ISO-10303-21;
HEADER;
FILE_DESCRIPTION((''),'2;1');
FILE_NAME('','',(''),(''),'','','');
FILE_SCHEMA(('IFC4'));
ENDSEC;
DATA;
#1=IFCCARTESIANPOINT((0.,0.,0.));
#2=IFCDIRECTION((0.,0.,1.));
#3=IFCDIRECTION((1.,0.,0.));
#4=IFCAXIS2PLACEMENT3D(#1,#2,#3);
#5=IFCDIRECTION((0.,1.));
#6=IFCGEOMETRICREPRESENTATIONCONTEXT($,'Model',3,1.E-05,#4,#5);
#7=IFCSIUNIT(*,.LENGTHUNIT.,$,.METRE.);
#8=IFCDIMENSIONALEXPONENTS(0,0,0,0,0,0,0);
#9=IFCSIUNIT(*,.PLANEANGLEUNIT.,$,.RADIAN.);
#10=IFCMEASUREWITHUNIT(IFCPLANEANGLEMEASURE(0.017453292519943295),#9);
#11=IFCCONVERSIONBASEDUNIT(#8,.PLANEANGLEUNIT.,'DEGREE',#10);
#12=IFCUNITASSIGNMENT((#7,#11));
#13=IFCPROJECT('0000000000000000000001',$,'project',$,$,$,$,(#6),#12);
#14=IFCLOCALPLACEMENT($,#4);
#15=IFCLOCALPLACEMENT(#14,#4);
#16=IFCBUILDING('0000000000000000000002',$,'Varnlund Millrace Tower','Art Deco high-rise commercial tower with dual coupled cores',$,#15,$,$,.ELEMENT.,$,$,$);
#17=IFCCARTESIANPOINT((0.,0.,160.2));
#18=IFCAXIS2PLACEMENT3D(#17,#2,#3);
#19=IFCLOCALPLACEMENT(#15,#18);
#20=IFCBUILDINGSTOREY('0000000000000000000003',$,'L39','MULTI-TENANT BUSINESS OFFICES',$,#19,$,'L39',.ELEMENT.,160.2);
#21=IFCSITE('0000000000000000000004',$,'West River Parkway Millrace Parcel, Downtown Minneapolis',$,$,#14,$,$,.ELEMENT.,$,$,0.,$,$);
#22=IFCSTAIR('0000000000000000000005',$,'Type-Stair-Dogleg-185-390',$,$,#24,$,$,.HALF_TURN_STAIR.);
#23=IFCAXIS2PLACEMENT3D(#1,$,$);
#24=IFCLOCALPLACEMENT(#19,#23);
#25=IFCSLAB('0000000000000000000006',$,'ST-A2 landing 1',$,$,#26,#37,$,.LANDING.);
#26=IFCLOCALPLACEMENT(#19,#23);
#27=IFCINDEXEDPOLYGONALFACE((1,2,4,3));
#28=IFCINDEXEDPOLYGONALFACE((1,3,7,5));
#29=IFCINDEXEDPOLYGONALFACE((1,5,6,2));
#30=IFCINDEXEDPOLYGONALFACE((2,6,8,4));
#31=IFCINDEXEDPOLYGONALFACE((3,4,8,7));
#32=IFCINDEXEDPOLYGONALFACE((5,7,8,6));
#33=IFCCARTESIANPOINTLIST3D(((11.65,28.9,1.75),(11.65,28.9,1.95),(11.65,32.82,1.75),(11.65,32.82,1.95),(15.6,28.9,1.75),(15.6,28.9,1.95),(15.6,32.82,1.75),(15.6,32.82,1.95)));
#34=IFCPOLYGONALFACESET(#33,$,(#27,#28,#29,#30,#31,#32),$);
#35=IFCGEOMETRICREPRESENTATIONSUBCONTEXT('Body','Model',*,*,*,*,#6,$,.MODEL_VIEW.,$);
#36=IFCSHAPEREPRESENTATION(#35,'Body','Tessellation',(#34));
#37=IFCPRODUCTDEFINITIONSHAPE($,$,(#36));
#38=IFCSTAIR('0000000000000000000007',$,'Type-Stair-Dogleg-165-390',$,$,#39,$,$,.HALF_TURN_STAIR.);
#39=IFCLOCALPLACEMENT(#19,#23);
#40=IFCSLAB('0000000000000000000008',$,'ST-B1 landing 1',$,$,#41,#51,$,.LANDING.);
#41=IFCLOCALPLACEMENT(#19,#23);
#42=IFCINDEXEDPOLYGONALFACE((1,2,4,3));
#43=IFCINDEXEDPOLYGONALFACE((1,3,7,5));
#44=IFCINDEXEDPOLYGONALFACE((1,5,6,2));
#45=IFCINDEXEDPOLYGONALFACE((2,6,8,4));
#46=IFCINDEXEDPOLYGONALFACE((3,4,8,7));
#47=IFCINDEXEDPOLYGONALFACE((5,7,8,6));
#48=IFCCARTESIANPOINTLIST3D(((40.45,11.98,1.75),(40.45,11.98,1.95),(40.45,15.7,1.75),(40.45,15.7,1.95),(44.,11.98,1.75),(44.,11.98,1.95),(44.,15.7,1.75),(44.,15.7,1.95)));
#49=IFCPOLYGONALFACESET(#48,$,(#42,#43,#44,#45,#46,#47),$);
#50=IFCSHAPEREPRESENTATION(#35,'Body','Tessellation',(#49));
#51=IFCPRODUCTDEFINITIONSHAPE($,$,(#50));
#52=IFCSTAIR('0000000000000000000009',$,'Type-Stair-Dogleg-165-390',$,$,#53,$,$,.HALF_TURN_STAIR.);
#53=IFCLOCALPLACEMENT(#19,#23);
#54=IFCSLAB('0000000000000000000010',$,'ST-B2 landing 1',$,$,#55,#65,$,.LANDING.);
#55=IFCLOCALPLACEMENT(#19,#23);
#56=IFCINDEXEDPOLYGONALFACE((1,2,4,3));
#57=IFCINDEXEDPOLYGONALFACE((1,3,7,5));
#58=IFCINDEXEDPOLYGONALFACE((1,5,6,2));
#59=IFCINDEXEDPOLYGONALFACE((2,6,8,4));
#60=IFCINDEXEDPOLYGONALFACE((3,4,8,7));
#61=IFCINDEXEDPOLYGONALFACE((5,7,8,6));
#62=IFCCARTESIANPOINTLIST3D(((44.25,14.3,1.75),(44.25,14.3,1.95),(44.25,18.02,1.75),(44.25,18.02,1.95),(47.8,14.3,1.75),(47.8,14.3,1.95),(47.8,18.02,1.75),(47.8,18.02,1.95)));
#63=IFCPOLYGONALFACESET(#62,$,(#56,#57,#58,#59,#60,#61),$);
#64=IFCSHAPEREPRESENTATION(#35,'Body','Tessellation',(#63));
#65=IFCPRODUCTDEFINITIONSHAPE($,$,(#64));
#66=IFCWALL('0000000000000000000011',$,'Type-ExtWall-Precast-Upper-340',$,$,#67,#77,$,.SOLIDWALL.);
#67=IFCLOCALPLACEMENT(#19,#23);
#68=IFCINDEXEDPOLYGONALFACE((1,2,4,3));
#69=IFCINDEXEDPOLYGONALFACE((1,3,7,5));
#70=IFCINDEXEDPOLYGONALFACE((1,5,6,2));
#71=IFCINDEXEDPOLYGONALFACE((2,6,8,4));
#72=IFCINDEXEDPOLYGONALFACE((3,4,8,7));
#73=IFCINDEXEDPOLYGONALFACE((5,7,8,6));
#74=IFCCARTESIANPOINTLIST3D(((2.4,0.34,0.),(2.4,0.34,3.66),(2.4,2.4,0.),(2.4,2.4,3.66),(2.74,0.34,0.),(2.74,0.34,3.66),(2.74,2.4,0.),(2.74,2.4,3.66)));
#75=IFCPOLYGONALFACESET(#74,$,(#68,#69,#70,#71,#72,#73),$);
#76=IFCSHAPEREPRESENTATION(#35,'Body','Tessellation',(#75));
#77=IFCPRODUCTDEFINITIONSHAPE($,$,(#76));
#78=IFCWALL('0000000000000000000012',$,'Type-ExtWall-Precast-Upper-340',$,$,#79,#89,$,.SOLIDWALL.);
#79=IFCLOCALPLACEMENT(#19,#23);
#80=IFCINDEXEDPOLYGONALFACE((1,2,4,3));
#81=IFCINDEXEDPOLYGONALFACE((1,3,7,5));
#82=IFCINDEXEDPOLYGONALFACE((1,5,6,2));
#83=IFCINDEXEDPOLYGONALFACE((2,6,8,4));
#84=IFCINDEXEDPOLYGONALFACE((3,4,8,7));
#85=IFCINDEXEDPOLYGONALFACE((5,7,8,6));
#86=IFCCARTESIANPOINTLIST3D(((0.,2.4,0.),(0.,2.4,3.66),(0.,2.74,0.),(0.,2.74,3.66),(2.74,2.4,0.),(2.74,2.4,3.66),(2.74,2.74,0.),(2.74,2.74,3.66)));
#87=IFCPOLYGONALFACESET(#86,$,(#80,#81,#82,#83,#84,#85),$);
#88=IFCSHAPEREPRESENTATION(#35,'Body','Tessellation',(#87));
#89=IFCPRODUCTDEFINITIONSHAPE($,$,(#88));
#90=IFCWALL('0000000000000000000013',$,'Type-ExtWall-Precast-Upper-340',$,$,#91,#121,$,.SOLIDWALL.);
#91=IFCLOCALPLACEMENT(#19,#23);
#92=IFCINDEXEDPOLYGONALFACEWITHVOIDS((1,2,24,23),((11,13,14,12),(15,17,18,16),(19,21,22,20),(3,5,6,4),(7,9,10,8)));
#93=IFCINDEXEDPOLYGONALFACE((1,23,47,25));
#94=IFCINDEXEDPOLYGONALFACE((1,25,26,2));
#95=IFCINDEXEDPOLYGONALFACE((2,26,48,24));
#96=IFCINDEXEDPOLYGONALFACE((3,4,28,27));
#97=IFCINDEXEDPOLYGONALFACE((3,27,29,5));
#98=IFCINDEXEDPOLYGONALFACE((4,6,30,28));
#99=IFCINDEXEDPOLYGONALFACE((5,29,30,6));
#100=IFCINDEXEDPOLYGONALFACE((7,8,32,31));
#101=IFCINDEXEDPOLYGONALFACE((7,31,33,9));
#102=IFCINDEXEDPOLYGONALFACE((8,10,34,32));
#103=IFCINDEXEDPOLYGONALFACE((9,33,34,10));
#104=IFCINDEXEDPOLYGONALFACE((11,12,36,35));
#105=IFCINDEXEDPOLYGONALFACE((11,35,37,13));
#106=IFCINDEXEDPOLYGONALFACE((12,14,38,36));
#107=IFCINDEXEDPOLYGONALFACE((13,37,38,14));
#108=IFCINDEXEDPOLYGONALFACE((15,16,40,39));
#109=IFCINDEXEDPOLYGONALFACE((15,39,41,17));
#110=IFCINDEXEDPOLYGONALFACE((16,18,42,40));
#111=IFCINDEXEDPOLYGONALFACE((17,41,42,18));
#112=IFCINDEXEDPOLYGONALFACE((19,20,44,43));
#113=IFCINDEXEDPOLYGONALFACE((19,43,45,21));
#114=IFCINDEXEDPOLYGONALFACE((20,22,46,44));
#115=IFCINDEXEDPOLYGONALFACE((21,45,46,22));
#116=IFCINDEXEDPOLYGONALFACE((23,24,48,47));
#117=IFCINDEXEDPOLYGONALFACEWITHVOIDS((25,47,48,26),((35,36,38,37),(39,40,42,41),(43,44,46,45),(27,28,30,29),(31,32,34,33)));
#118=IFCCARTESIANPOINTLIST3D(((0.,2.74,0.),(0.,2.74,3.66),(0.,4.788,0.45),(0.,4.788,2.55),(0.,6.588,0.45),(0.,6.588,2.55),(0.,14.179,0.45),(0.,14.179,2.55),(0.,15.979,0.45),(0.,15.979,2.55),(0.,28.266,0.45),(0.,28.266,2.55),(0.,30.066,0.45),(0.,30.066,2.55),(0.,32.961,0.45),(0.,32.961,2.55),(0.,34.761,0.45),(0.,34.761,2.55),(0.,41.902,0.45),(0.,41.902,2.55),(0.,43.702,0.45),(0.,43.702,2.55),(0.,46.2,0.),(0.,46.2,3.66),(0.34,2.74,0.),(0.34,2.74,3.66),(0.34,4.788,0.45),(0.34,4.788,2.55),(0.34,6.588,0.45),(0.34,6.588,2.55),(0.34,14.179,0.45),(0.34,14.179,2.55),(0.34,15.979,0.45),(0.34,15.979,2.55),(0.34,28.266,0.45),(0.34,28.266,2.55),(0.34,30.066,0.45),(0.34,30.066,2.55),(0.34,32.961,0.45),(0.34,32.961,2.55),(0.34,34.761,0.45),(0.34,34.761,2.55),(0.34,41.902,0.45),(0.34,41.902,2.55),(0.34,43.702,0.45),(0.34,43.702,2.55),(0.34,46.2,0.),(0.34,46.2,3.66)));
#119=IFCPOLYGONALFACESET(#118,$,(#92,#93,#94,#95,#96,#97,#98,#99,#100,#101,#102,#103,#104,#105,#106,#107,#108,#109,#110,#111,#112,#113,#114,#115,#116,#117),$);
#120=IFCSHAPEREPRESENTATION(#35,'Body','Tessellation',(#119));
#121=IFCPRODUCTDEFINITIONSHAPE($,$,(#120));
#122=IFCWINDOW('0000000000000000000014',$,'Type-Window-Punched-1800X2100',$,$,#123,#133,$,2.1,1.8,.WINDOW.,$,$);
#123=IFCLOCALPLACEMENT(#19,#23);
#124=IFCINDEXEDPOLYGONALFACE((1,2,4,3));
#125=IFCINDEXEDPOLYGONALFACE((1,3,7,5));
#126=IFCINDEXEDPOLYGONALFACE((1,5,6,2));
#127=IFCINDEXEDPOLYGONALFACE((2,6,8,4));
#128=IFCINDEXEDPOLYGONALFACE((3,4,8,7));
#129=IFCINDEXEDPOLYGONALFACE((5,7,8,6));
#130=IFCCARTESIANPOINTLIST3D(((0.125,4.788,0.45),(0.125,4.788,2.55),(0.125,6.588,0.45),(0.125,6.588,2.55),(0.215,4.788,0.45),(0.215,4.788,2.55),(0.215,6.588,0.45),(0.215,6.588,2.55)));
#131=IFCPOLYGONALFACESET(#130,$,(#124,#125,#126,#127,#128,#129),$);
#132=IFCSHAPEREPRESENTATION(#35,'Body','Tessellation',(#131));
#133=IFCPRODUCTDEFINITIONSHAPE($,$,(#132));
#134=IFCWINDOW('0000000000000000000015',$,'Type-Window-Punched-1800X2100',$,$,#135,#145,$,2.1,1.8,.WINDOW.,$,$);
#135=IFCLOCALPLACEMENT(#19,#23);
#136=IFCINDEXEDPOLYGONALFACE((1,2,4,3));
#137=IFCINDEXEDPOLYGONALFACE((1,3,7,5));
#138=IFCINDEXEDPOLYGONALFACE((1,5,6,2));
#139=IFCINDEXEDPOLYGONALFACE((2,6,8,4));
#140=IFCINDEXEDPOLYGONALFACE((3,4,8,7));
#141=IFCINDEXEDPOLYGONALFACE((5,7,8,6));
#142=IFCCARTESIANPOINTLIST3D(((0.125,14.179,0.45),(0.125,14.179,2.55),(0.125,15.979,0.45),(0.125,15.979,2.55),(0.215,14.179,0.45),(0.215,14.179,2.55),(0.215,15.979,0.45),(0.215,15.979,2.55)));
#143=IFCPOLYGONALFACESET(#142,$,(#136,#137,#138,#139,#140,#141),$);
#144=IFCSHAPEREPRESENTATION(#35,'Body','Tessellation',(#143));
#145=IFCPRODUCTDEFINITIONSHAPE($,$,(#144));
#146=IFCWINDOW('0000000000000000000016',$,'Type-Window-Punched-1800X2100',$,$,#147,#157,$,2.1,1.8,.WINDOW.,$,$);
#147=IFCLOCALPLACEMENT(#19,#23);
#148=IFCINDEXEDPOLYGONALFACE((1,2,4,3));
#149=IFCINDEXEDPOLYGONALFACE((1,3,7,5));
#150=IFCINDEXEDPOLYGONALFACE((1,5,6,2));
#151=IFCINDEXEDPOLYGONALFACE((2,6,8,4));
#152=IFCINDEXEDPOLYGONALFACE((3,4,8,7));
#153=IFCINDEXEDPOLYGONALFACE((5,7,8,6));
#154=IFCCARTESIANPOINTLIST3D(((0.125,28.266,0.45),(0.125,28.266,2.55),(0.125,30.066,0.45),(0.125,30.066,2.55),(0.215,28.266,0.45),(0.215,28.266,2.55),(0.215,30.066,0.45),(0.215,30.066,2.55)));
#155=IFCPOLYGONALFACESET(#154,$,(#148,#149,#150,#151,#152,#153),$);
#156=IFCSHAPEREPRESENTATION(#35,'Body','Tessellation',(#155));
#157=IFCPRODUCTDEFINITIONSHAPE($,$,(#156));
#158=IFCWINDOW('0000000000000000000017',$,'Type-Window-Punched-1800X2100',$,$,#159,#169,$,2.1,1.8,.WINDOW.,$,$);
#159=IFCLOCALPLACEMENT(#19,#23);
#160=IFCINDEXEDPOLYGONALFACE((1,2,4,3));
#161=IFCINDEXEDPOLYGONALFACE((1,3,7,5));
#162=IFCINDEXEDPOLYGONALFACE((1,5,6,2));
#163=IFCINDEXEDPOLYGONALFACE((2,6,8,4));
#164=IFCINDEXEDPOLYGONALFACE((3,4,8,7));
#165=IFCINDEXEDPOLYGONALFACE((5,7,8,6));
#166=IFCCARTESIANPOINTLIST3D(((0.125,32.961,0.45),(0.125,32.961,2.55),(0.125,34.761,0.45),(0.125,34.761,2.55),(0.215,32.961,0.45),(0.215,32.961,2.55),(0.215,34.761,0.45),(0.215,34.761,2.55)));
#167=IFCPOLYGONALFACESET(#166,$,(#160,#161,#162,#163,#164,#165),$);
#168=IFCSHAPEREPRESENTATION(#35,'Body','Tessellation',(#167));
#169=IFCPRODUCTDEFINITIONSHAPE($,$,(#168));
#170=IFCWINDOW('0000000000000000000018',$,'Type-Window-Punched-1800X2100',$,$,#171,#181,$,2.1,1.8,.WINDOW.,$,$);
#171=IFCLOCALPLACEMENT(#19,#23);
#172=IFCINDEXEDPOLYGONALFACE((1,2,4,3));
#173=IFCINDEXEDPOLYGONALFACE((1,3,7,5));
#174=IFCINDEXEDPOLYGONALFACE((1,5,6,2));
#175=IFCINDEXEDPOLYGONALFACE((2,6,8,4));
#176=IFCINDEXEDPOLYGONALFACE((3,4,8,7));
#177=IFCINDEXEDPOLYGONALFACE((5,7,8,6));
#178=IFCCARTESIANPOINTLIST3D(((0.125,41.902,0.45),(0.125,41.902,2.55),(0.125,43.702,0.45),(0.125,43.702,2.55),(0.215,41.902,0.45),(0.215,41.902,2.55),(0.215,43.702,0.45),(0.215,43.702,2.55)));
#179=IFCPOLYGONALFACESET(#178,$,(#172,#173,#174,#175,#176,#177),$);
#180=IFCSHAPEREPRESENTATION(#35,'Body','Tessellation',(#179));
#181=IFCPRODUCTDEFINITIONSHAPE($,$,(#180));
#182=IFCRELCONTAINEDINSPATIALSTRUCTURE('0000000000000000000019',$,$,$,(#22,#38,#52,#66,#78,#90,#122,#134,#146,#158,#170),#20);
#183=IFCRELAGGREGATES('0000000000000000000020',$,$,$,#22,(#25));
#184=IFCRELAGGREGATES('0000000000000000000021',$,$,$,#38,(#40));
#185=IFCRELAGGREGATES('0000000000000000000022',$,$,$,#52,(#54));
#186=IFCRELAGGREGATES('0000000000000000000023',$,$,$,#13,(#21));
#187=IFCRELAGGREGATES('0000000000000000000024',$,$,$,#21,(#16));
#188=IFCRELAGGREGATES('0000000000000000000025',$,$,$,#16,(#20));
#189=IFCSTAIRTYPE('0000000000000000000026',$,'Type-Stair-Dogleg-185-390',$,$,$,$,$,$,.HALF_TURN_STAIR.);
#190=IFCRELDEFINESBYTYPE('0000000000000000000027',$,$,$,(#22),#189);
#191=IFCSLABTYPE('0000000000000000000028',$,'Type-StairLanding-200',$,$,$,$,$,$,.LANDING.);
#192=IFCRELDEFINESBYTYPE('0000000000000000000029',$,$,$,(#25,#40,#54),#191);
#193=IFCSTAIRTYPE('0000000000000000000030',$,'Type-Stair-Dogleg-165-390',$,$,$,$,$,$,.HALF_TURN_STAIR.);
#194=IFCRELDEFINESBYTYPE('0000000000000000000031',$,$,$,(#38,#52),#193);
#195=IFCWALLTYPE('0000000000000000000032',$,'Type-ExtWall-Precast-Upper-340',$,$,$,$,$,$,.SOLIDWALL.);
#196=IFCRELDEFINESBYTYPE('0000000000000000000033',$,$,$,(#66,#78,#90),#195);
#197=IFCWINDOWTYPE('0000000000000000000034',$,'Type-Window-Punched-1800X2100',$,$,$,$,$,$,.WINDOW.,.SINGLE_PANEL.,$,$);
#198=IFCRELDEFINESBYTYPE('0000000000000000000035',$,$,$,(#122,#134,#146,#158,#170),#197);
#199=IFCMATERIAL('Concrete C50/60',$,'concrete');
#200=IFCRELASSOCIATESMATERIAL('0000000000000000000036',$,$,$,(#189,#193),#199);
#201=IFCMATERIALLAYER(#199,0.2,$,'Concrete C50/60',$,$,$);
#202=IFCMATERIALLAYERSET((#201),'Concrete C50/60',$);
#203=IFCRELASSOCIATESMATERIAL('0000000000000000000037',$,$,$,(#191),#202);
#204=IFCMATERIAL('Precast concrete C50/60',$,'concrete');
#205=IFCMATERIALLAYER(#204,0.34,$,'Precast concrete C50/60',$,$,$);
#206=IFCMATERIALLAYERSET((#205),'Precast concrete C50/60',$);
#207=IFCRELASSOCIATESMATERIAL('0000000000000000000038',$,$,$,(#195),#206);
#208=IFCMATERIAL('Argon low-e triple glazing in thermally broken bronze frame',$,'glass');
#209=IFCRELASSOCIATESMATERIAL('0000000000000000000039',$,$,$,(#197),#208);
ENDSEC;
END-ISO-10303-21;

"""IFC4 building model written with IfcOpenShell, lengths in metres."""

from ifc_helpers import new_model, entity, si_unit, converted_unit, direction, frame, origin_with_axes, origin_2d_with_axis, place, context, subcontext, project, spatial, polyline, rectangle, outline, extrude, material, layer, layer_set, type_object, element, fill, aggregate, save


model = new_model("IFC4")

# Units and contexts
model_context = context("Model", 3, precision=1e-05, world=origin_with_axes(), true_north=direction((0.0, 1.0)))
body_context = subcontext(model_context, "Body", "Model", "MODEL_VIEW")
ifc_project = project(units=[si_unit("LENGTHUNIT", "METRE"), converted_unit("PLANEANGLEUNIT", "DEGREE", entity("IfcPlaneAngleMeasure", 0.017453292519943295), si_unit("PLANEANGLEUNIT", "RADIAN"), dimensions=[0, 0, 0, 0, 0, 0, 0])], contexts=[model_context])

# Site, building, storey
site_placement = place(None, origin_with_axes())
site = spatial("IfcSite", under=ifc_project, at=site_placement, Name="West River Parkway Millrace Parcel, Downtown Minneapolis", CompositionType="ELEMENT", RefElevation=0.0)
building_placement = place(site_placement, origin_with_axes())
building = spatial("IfcBuilding", under=site, at=building_placement, Name="Varnlund Millrace Tower", Description="Art Deco high-rise commercial tower with dual coupled cores", CompositionType="ELEMENT")
storey_placement = place(building_placement, frame((0.0, 0.0, 160.2), z_axis=(0.0, 0.0, 1.0), x_axis=(1.0, 0.0, 0.0)))
storey = spatial("IfcBuildingStorey", under=building, at=storey_placement, Name="L39", Description="MULTI-TENANT BUSINESS OFFICES", LongName="L39", CompositionType="ELEMENT", Elevation=160.2)

# Stairs, slabs
ifc_material_1 = material(Name="Concrete C50/60", Category="concrete")
stair_type_1 = type_object("IfcStairType", Name="Type-Stair-Dogleg-185-390", PredefinedType="HALF_TURN_STAIR", material=ifc_material_1)
ifc_layer_1 = layer(ifc_material_1, 0.2, Name="Concrete C50/60")
ifc_layer_set_1 = layer_set([ifc_layer_1], Name="Concrete C50/60")
slab_type = type_object("IfcSlabType", Name="Type-StairLanding-200", PredefinedType="LANDING", material=ifc_layer_set_1)
stair_1_placement = place(storey_placement, origin_with_axes())
stair_1 = element("IfcStair", 1, at=stair_1_placement, inside=storey, type_object=stair_type_1, Name="Type-Stair-Dogleg-185-390", PredefinedType="HALF_TURN_STAIR")
slab_1_placement = place(storey_placement, frame((0.0, 0.0, 1.75), z_axis=(0.0, 0.0, 1.0), x_axis=(1.0, 0.0, 0.0)))
slab_1 = element("IfcSlab", 2, at=slab_1_placement, type_object=slab_type, Name="ST-A2 landing 1", PredefinedType="LANDING", context=body_context, shape_type="SweptSolid", body=[
    extrude(outline(polyline([(11.65, 32.82), (11.65, 28.9), (15.6, 28.9), (15.6, 32.82), (11.65, 32.82)])), origin_with_axes(), (0.0, 0.0, 1.0), 0.2),
])
aggregate(stair_1, [slab_1])
stair_type_2 = type_object("IfcStairType", Name="Type-Stair-Dogleg-165-390", PredefinedType="HALF_TURN_STAIR", material=ifc_material_1)
stair_2_placement = place(storey_placement, origin_with_axes())
stair_2 = element("IfcStair", 3, at=stair_2_placement, inside=storey, type_object=stair_type_2, Name="Type-Stair-Dogleg-165-390", PredefinedType="HALF_TURN_STAIR")
slab_2_placement = place(storey_placement, frame((0.0, 0.0, 1.75), z_axis=(0.0, 0.0, 1.0), x_axis=(1.0, 0.0, 0.0)))
slab_2 = element("IfcSlab", 4, at=slab_2_placement, type_object=slab_type, Name="ST-B1 landing 1", PredefinedType="LANDING", context=body_context, shape_type="SweptSolid", body=[
    extrude(outline(polyline([(44.0, 11.98), (44.0, 15.7), (40.45, 15.7), (40.45, 11.98), (44.0, 11.98)])), origin_with_axes(), (0.0, 0.0, 1.0), 0.2),
])
aggregate(stair_2, [slab_2])
stair_3_placement = place(storey_placement, origin_with_axes())
stair_3 = element("IfcStair", 5, at=stair_3_placement, inside=storey, type_object=stair_type_2, Name="Type-Stair-Dogleg-165-390", PredefinedType="HALF_TURN_STAIR")
slab_3_placement = place(storey_placement, frame((0.0, 0.0, 1.75), z_axis=(0.0, 0.0, 1.0), x_axis=(1.0, 0.0, 0.0)))
slab_3 = element("IfcSlab", 6, at=slab_3_placement, type_object=slab_type, Name="ST-B2 landing 1", PredefinedType="LANDING", context=body_context, shape_type="SweptSolid", body=[
    extrude(outline(polyline([(44.25, 18.02), (44.25, 14.3), (47.8, 14.3), (47.8, 18.02), (44.25, 18.02)])), origin_with_axes(), (0.0, 0.0, 1.0), 0.2),
])
aggregate(stair_3, [slab_3])

# Walls
ifc_material_2 = material(Name="Precast concrete C50/60", Category="concrete")
ifc_layer_2 = layer(ifc_material_2, 0.34, Name="Precast concrete C50/60")
ifc_layer_set_2 = layer_set([ifc_layer_2], Name="Precast concrete C50/60")
wall_type = type_object("IfcWallType", Name="Type-ExtWall-Precast-Upper-340", PredefinedType="SOLIDWALL", material=ifc_layer_set_2)
wall_1_placement = place(storey_placement, frame((2.57, 0.34, 0.0), z_axis=(0.0, 0.0, 1.0), x_axis=(0.0, 1.0, 0.0)))
element("IfcWall", 7, at=wall_1_placement, inside=storey, type_object=wall_type, Name="Type-ExtWall-Precast-Upper-340", PredefinedType="SOLIDWALL", context=body_context, shape_type="SweptSolid", body=[
    extrude(outline(polyline([(0.0, -0.17), (2.06, -0.17), (2.06, 0.17), (0.0, 0.17), (0.0, -0.17)])), origin_with_axes(), (0.0, 0.0, 1.0), 3.66),
])
wall_2_placement = place(storey_placement, frame((2.74, 2.57, 0.0), z_axis=(0.0, 0.0, 1.0), x_axis=(-1.0, 0.0, 0.0)))
element("IfcWall", 8, at=wall_2_placement, inside=storey, type_object=wall_type, Name="Type-ExtWall-Precast-Upper-340", PredefinedType="SOLIDWALL", context=body_context, shape_type="SweptSolid", body=[
    extrude(outline(polyline([(0.0, -0.17), (2.74, -0.17), (2.74, 0.17), (0.0, 0.17), (0.0, -0.17)])), origin_with_axes(), (0.0, 0.0, 1.0), 3.66),
])

# Wall, openings, windows
wall_3_placement = place(storey_placement, frame((0.17, 2.74, 0.0), z_axis=(0.0, 0.0, 1.0), x_axis=(0.0, 1.0, 0.0)))
wall_3 = element("IfcWall", 9, at=wall_3_placement, inside=storey, type_object=wall_type, Name="Type-ExtWall-Precast-Upper-340", PredefinedType="SOLIDWALL", context=body_context, shape_type="SweptSolid", body=[
    extrude(outline(polyline([(0.0, -0.17), (43.46, -0.17), (43.46, 0.17), (0.0, 0.17), (0.0, -0.17)])), origin_with_axes(), (0.0, 0.0, 1.0), 3.66),
])
opening_1_placement = place(wall_3_placement, frame((2.948, 0.0, 0.45), z_axis=(0.0, 0.0, 1.0), x_axis=(1.0, 0.0, 0.0)))
opening_1 = element("IfcOpeningElement", 10, at=opening_1_placement, cuts=wall_3, PredefinedType="OPENING", context=body_context, shape_type="SweptSolid", body=[
    extrude(rectangle(XDim=1.8, YDim=0.36, at=origin_2d_with_axis()), origin_with_axes(), (0.0, 0.0, 1.0), 2.1),
])
opening_2_placement = place(wall_3_placement, frame((12.339, 0.0, 0.45), z_axis=(0.0, 0.0, 1.0), x_axis=(1.0, 0.0, 0.0)))
opening_2 = element("IfcOpeningElement", 11, at=opening_2_placement, cuts=wall_3, PredefinedType="OPENING", context=body_context, shape_type="SweptSolid", body=[
    extrude(rectangle(XDim=1.8, YDim=0.36, at=origin_2d_with_axis()), origin_with_axes(), (0.0, 0.0, 1.0), 2.1),
])
opening_3_placement = place(wall_3_placement, frame((26.426, 0.0, 0.45), z_axis=(0.0, 0.0, 1.0), x_axis=(1.0, 0.0, 0.0)))
opening_3 = element("IfcOpeningElement", 12, at=opening_3_placement, cuts=wall_3, PredefinedType="OPENING", context=body_context, shape_type="SweptSolid", body=[
    extrude(rectangle(XDim=1.8, YDim=0.36, at=origin_2d_with_axis()), origin_with_axes(), (0.0, 0.0, 1.0), 2.1),
])
opening_4_placement = place(wall_3_placement, frame((31.121, 0.0, 0.45), z_axis=(0.0, 0.0, 1.0), x_axis=(1.0, 0.0, 0.0)))
opening_4 = element("IfcOpeningElement", 13, at=opening_4_placement, cuts=wall_3, PredefinedType="OPENING", context=body_context, shape_type="SweptSolid", body=[
    extrude(rectangle(XDim=1.8, YDim=0.36, at=origin_2d_with_axis()), origin_with_axes(), (0.0, 0.0, 1.0), 2.1),
])
opening_5_placement = place(wall_3_placement, frame((40.062, 0.0, 0.45), z_axis=(0.0, 0.0, 1.0), x_axis=(1.0, 0.0, 0.0)))
opening_5 = element("IfcOpeningElement", 14, at=opening_5_placement, cuts=wall_3, PredefinedType="OPENING", context=body_context, shape_type="SweptSolid", body=[
    extrude(rectangle(XDim=1.8, YDim=0.36, at=origin_2d_with_axis()), origin_with_axes(), (0.0, 0.0, 1.0), 2.1),
])
ifc_material_3 = material(Name="Argon low-e triple glazing in thermally broken bronze frame", Category="glass")
window_type = type_object("IfcWindowType", Name="Type-Window-Punched-1800X2100", PartitioningType="SINGLE_PANEL", PredefinedType="WINDOW", material=ifc_material_3)
window_1_placement = place(wall_3_placement, frame((2.948, 0.0, 0.45), z_axis=(0.0, 0.0, 1.0), x_axis=(1.0, 0.0, 0.0)))
window_1 = element("IfcWindow", 15, at=window_1_placement, inside=storey, type_object=window_type, Name="Type-Window-Punched-1800X2100", OverallHeight=2.1, OverallWidth=1.8, PredefinedType="WINDOW", context=body_context, shape_type="SweptSolid", body=[
    extrude(rectangle(XDim=1.8, YDim=0.09, at=origin_2d_with_axis()), origin_with_axes(), (0.0, 0.0, 1.0), 2.1),
])
fill(opening_1, window_1)
window_2_placement = place(wall_3_placement, frame((12.339, 0.0, 0.45), z_axis=(0.0, 0.0, 1.0), x_axis=(1.0, 0.0, 0.0)))
window_2 = element("IfcWindow", 16, at=window_2_placement, inside=storey, type_object=window_type, Name="Type-Window-Punched-1800X2100", OverallHeight=2.1, OverallWidth=1.8, PredefinedType="WINDOW", context=body_context, shape_type="SweptSolid", body=[
    extrude(rectangle(XDim=1.8, YDim=0.09, at=origin_2d_with_axis()), origin_with_axes(), (0.0, 0.0, 1.0), 2.1),
])
fill(opening_2, window_2)
window_3_placement = place(wall_3_placement, frame((26.426, 0.0, 0.45), z_axis=(0.0, 0.0, 1.0), x_axis=(1.0, 0.0, 0.0)))
window_3 = element("IfcWindow", 17, at=window_3_placement, inside=storey, type_object=window_type, Name="Type-Window-Punched-1800X2100", OverallHeight=2.1, OverallWidth=1.8, PredefinedType="WINDOW", context=body_context, shape_type="SweptSolid", body=[
    extrude(rectangle(XDim=1.8, YDim=0.09, at=origin_2d_with_axis()), origin_with_axes(), (0.0, 0.0, 1.0), 2.1),
])
fill(opening_3, window_3)
window_4_placement = place(wall_3_placement, frame((31.121, 0.0, 0.45), z_axis=(0.0, 0.0, 1.0), x_axis=(1.0, 0.0, 0.0)))
window_4 = element("IfcWindow", 18, at=window_4_placement, inside=storey, type_object=window_type, Name="Type-Window-Punched-1800X2100", OverallHeight=2.1, OverallWidth=1.8, PredefinedType="WINDOW", context=body_context, shape_type="SweptSolid", body=[
    extrude(rectangle(XDim=1.8, YDim=0.09, at=origin_2d_with_axis()), origin_with_axes(), (0.0, 0.0, 1.0), 2.1),
])
fill(opening_4, window_4)
window_5_placement = place(wall_3_placement, frame((40.062, 0.0, 0.45), z_axis=(0.0, 0.0, 1.0), x_axis=(1.0, 0.0, 0.0)))
window_5 = element("IfcWindow", 19, at=window_5_placement, inside=storey, type_object=window_type, Name="Type-Window-Punched-1800X2100", OverallHeight=2.1, OverallWidth=1.8, PredefinedType="WINDOW", context=body_context, shape_type="SweptSolid", body=[
    extrude(rectangle(XDim=1.8, YDim=0.09, at=origin_2d_with_axis()), origin_with_axes(), (0.0, 0.0, 1.0), 2.1),
])
fill(opening_5, window_5)

save(model, "model.ifc")
